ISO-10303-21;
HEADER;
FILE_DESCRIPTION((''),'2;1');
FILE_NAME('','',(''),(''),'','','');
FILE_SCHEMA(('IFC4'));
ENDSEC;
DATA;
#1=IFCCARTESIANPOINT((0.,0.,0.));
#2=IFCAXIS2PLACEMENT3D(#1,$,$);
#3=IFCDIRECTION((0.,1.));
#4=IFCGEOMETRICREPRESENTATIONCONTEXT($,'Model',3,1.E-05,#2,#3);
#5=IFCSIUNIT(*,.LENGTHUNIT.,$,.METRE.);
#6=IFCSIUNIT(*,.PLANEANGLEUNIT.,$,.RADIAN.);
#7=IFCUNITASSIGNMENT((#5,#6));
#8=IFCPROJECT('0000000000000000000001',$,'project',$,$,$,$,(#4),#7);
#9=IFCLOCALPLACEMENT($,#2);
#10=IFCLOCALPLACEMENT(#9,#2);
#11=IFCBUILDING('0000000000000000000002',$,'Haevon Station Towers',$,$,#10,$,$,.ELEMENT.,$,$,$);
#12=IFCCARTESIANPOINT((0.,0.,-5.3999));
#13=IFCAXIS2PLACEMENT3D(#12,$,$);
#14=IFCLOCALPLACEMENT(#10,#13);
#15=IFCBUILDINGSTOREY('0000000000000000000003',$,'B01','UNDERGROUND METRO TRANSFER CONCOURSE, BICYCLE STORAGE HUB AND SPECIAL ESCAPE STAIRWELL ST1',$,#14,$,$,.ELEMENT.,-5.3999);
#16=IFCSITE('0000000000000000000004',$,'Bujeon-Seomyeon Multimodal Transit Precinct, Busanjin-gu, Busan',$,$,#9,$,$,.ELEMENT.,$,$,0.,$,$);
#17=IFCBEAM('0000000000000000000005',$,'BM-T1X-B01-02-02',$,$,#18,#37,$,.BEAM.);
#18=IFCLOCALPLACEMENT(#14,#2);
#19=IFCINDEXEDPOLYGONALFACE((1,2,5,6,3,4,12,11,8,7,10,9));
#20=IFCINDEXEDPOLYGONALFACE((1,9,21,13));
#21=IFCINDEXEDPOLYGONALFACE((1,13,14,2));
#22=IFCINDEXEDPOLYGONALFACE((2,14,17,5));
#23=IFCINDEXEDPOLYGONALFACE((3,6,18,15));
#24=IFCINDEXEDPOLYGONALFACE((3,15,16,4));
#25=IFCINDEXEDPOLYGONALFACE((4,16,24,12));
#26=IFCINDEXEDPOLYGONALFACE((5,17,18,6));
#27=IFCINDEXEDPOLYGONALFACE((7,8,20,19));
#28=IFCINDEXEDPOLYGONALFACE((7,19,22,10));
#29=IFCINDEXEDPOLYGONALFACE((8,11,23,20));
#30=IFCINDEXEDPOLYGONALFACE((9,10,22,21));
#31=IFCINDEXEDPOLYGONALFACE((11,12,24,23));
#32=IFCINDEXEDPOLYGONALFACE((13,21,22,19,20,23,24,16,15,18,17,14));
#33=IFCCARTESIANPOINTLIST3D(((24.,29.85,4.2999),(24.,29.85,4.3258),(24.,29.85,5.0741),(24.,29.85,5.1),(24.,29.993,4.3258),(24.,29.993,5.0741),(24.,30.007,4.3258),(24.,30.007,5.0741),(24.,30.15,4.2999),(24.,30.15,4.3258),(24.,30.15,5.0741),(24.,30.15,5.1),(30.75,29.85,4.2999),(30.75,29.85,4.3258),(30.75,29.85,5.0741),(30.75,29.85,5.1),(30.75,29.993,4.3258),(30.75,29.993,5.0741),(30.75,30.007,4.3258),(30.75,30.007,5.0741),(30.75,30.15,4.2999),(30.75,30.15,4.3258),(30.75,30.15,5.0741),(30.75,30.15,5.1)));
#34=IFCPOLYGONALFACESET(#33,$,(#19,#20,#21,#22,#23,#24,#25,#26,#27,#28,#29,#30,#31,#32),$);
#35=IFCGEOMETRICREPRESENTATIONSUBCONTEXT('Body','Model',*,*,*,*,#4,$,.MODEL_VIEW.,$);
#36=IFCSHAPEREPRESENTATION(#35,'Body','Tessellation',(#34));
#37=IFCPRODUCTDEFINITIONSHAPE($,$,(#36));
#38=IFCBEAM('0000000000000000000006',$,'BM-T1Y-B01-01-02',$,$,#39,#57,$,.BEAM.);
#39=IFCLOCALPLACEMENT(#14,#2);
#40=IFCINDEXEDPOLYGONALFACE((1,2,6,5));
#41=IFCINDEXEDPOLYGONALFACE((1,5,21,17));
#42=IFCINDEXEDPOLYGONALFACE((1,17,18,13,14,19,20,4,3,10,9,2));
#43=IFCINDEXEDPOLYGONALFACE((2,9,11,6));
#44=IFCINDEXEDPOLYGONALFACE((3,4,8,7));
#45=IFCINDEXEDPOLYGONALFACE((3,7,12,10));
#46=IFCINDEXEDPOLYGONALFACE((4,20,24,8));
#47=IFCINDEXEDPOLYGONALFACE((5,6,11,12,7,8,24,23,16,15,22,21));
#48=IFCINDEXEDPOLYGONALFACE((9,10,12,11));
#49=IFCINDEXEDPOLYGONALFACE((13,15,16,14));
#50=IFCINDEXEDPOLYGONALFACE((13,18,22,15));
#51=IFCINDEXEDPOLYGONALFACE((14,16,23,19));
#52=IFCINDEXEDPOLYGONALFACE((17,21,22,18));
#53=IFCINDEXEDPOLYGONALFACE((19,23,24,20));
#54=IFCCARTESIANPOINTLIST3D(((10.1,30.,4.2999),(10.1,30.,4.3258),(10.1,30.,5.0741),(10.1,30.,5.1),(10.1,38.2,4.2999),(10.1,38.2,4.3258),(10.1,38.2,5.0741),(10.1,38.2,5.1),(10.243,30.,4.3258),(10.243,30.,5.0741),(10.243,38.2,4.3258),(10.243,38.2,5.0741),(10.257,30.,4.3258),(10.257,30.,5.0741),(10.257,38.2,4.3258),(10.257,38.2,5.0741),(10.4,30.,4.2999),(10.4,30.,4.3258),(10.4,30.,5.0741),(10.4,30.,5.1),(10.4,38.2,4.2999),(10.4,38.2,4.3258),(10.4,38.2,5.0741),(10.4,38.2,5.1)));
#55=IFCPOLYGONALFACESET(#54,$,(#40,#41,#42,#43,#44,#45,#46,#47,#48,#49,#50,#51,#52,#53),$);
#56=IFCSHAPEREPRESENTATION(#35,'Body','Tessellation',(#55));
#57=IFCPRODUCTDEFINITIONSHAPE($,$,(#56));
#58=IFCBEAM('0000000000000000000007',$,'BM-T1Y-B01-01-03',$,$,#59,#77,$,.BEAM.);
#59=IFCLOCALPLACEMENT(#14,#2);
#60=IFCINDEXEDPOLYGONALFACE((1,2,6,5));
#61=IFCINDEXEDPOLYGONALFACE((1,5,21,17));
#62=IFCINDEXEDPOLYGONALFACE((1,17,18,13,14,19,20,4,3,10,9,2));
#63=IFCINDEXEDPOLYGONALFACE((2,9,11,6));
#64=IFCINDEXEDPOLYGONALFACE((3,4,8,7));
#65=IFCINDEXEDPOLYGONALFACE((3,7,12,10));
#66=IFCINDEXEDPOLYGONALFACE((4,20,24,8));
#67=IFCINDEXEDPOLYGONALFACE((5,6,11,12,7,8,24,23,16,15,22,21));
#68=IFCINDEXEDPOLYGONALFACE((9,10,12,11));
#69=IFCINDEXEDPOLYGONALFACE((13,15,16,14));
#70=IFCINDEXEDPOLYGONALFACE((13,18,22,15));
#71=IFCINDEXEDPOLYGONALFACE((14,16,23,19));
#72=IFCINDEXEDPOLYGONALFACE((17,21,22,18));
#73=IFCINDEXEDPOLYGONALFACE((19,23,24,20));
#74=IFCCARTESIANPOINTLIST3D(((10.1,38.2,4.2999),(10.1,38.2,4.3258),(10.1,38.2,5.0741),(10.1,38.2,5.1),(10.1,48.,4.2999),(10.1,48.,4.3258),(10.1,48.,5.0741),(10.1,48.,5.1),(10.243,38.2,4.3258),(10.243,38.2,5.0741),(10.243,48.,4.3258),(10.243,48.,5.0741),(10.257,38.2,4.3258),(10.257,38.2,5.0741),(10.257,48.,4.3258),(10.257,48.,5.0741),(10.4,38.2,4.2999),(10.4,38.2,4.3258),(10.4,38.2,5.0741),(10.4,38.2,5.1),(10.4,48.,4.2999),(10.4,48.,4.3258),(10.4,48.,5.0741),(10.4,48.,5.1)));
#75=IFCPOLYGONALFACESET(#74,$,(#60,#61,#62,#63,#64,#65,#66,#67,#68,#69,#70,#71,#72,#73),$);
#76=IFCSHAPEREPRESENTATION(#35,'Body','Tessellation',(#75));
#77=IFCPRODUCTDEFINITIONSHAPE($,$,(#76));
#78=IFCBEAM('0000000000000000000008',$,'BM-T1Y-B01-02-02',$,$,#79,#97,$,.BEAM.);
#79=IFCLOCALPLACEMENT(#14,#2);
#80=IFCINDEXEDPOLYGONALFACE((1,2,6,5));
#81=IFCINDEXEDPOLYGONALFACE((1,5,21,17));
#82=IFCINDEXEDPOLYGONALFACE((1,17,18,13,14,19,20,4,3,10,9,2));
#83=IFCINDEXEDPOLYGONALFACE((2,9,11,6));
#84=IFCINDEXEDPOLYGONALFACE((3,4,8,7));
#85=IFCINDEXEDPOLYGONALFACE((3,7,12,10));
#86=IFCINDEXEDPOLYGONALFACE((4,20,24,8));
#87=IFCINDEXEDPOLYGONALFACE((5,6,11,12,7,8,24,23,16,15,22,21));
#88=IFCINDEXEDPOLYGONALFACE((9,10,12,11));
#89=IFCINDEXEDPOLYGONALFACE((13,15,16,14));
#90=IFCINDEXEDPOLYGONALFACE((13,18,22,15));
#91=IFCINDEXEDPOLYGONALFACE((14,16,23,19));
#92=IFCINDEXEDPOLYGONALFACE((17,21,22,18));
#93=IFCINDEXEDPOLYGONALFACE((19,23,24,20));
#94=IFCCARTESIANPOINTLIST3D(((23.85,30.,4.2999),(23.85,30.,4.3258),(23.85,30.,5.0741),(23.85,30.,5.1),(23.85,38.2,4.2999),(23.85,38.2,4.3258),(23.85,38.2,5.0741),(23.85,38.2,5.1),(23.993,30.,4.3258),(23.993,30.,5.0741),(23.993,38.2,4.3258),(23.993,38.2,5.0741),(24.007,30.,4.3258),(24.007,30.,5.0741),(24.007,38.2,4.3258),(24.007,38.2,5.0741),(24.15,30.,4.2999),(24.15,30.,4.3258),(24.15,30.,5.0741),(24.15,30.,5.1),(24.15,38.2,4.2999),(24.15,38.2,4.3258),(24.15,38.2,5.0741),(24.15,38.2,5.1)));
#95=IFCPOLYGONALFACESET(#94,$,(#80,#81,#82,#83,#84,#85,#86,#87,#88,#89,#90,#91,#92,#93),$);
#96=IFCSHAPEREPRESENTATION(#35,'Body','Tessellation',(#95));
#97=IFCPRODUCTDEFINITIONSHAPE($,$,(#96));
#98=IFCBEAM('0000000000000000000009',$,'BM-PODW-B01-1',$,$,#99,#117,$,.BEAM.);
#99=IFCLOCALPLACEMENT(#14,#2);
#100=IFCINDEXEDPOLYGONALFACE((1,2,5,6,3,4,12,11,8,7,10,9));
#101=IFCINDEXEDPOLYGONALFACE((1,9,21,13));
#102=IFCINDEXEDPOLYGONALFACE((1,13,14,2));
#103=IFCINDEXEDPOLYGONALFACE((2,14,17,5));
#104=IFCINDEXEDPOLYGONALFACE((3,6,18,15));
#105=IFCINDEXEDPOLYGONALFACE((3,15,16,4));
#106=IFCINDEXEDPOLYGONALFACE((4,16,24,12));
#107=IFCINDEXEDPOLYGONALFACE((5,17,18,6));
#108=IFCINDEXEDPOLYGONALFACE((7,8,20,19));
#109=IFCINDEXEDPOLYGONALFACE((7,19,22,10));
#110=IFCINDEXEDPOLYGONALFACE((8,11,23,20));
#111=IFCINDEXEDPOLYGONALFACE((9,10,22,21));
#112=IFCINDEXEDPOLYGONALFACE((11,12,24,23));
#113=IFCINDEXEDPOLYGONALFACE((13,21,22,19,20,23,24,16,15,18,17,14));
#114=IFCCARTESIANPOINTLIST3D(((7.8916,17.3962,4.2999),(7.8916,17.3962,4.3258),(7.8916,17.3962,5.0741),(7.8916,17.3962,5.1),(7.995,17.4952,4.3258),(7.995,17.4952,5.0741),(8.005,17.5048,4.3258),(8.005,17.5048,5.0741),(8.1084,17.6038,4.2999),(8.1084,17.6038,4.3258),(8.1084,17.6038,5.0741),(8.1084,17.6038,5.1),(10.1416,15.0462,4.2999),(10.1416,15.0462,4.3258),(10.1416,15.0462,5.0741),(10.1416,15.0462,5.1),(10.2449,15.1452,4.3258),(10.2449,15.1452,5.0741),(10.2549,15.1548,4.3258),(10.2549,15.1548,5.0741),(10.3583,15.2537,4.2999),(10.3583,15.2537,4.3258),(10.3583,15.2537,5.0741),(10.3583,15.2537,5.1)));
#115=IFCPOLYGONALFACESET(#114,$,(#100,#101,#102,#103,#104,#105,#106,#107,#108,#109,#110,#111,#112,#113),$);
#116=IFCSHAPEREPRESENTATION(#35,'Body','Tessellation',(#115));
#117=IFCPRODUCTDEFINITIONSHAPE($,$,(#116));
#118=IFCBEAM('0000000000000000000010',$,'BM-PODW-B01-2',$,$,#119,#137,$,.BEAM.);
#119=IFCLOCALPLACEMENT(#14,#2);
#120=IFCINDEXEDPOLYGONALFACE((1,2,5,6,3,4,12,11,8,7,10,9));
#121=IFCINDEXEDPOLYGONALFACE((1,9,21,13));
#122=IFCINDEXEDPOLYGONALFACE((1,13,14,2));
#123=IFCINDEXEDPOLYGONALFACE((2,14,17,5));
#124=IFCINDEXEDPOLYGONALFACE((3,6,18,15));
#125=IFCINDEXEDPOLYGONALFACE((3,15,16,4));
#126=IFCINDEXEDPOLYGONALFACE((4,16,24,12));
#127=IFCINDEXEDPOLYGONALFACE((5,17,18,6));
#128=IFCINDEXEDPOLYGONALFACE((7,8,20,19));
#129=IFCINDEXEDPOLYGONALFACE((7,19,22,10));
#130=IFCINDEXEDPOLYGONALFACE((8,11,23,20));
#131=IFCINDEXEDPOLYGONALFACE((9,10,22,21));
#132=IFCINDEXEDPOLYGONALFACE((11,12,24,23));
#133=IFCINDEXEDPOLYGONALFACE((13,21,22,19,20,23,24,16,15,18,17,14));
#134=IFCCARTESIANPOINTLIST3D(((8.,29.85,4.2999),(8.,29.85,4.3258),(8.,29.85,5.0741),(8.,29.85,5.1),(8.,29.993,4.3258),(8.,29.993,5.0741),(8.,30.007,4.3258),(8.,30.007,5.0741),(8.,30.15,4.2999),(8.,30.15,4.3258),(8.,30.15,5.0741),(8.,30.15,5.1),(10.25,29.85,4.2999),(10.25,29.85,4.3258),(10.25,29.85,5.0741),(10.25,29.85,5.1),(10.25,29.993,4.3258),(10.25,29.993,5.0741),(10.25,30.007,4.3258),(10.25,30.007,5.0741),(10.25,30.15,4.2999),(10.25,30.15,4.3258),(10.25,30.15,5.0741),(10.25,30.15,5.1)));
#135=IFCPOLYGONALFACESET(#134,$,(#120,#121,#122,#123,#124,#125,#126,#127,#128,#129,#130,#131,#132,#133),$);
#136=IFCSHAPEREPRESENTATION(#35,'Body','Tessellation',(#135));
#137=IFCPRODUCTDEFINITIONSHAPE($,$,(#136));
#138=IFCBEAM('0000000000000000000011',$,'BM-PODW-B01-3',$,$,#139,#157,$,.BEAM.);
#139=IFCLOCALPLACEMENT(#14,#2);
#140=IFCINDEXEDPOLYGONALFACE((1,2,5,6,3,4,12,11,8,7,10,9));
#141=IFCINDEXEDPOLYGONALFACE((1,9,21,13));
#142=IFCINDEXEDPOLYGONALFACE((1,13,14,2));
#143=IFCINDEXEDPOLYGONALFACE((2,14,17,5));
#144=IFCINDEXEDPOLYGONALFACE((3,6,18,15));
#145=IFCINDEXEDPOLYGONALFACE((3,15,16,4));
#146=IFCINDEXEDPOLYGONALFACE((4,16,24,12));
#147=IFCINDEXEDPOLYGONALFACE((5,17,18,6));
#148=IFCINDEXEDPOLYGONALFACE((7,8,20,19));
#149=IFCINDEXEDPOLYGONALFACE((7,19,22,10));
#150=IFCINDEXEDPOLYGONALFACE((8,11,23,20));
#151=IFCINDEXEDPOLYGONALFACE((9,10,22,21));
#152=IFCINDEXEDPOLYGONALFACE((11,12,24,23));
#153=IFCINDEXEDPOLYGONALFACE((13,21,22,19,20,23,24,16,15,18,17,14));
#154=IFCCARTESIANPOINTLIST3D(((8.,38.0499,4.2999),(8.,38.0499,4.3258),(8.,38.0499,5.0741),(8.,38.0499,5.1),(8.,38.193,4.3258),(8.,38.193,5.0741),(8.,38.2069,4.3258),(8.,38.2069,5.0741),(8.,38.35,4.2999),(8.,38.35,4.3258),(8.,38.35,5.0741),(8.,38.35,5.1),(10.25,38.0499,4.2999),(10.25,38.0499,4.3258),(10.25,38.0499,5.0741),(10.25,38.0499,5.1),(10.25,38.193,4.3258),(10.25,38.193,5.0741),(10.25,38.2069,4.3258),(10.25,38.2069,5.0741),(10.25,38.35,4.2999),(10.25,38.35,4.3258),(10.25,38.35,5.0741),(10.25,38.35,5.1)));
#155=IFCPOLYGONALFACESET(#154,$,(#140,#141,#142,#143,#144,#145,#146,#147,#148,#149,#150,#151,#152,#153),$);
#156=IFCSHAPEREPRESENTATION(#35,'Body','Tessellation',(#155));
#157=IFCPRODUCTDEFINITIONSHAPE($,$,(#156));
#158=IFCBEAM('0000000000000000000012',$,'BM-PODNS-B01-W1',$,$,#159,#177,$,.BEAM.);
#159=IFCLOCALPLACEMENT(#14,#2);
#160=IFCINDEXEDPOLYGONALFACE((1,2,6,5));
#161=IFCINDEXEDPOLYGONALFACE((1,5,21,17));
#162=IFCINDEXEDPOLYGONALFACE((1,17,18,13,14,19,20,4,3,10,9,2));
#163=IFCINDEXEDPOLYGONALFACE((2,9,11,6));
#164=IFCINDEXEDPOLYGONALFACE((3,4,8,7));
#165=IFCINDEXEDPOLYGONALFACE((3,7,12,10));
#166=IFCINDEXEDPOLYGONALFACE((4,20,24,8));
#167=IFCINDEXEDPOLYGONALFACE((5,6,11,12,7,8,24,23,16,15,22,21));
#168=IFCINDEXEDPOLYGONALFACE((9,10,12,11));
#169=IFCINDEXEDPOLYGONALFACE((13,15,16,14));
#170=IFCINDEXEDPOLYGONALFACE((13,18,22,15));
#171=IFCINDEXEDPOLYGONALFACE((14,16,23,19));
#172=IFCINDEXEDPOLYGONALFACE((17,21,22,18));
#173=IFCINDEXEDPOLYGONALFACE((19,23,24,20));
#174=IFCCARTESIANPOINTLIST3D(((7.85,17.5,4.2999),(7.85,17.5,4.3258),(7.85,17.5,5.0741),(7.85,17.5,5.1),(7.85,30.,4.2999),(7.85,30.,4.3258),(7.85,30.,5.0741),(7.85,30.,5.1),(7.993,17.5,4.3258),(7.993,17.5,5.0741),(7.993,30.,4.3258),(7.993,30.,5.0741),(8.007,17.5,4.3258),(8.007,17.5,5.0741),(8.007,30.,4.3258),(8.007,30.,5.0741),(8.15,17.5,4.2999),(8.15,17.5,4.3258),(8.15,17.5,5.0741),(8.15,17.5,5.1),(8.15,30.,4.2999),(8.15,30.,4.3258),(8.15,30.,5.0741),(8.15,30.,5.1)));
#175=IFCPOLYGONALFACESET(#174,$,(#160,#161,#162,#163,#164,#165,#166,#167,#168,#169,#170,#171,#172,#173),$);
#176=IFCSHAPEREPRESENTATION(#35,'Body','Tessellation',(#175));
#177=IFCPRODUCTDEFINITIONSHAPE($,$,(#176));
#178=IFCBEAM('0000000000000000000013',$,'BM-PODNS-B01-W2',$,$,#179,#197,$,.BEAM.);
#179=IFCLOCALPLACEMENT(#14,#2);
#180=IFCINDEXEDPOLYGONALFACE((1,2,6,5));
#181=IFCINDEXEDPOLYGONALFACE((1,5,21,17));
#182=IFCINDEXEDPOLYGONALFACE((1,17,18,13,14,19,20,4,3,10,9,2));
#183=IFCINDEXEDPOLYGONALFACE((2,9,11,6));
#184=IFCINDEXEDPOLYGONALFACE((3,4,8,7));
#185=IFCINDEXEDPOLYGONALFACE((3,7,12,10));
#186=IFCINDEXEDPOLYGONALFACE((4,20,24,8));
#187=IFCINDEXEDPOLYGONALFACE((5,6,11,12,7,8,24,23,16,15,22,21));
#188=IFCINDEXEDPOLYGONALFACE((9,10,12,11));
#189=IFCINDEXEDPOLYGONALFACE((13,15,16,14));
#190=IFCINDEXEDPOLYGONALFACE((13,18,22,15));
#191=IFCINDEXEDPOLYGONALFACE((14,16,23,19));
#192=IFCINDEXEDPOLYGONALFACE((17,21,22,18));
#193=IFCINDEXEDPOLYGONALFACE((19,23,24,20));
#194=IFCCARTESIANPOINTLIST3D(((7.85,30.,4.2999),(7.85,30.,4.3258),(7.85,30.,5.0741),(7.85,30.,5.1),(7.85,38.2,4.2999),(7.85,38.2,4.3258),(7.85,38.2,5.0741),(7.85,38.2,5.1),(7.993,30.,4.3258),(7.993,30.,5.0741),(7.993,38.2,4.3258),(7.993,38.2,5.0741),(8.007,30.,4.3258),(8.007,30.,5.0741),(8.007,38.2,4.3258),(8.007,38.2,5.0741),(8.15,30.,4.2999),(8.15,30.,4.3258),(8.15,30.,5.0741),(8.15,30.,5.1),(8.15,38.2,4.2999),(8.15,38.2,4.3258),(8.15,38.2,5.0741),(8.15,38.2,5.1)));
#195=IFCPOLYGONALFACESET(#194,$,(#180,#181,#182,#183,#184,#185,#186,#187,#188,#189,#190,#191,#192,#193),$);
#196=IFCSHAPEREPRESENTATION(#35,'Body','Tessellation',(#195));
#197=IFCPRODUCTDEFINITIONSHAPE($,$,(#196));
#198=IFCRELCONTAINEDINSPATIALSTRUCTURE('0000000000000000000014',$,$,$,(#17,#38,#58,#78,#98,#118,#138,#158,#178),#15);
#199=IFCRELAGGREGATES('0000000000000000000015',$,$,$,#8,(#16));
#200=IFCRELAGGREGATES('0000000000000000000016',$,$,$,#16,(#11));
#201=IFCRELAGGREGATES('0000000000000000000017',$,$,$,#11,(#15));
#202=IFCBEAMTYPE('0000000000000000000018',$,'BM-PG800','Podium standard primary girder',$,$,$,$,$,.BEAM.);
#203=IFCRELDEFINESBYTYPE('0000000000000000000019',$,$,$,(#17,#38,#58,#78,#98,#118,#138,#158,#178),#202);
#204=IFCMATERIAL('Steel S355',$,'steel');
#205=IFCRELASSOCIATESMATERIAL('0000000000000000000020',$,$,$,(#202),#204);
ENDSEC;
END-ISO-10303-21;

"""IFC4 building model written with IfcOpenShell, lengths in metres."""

from ifc_helpers import new_model, si_unit, direction, frame, origin, origin_2d, place, context, subcontext, project, spatial, i_section, extrude, material, material_profile, profile_set, type_object, element, save


model = new_model("IFC4")

# Units and contexts
model_context = context("Model", 3, precision=1e-05, world=origin(), true_north=direction((0.0, 1.0)))
body_context = subcontext(model_context, "Body", "Model", "MODEL_VIEW")
ifc_project = project(units=[si_unit("LENGTHUNIT", "METRE"), si_unit("PLANEANGLEUNIT", "RADIAN")], contexts=[model_context])

# Site, building, storey
site_placement = place(None, origin())
site = spatial("IfcSite", under=ifc_project, at=site_placement, Name="Bujeon-Seomyeon Multimodal Transit Precinct, Busanjin-gu, Busan", CompositionType="ELEMENT", RefElevation=0.0)
building_placement = place(site_placement, origin())
building = spatial("IfcBuilding", under=site, at=building_placement, Name="Haevon Station Towers", CompositionType="ELEMENT")
storey_placement = place(building_placement, frame((0.0, 0.0, -5.3999)))
storey = spatial("IfcBuildingStorey", under=building, at=storey_placement, Name="B01", Description="UNDERGROUND METRO TRANSFER CONCOURSE, BICYCLE STORAGE HUB AND SPECIAL ESCAPE STAIRWELL ST1", CompositionType="ELEMENT", Elevation=-5.3999)

# Beams
ifc_material_1 = material(Name="Steel S355", Category="steel")
ifc_material_profile_1 = material_profile(ifc_material_1, i_section(OverallWidth=0.3, OverallDepth=0.8, WebThickness=0.0139, FlangeThickness=0.0259, at=origin_2d()), Name="H-800x300x14x26")
ifc_profile_set_1 = profile_set([ifc_material_profile_1], Name="Steel S355")
beam_type_1 = type_object("IfcBeamType", Name="BM-PG800", Description="Podium standard primary girder", PredefinedType="BEAM", material=ifc_profile_set_1)
beam_1_placement = place(storey_placement, frame((24.0, 30.0, 4.7), z_axis=(1.0, 0.0, 0.0), x_axis=(0.0, 1.0, 0.0)))
element("IfcBeam", 1, at=beam_1_placement, inside=storey, type_object=beam_type_1, Name="BM-T1X-B01-02-02", PredefinedType="BEAM", context=body_context, shape_type="SweptSolid", body=[
    extrude(i_section(OverallWidth=0.3, OverallDepth=0.8, WebThickness=0.0139, FlangeThickness=0.0259, at=origin_2d()), origin(), (0.0, 0.0, 1.0), 6.75),
])
beam_2_placement = place(storey_placement, frame((10.25, 30.0, 4.7), z_axis=(0.0, 1.0, 0.0), x_axis=(-1.0, 0.0, 0.0)))
element("IfcBeam", 2, at=beam_2_placement, inside=storey, type_object=beam_type_1, Name="BM-T1Y-B01-01-02", PredefinedType="BEAM", context=body_context, shape_type="SweptSolid", body=[
    extrude(i_section(OverallWidth=0.3, OverallDepth=0.8, WebThickness=0.0139, FlangeThickness=0.0259, at=origin_2d()), origin(), (0.0, 0.0, 1.0), 8.2),
])
beam_3_placement = place(storey_placement, frame((10.25, 38.2, 4.7), z_axis=(0.0, 1.0, 0.0), x_axis=(-1.0, 0.0, 0.0)))
element("IfcBeam", 3, at=beam_3_placement, inside=storey, type_object=beam_type_1, Name="BM-T1Y-B01-01-03", PredefinedType="BEAM", context=body_context, shape_type="SweptSolid", body=[
    extrude(i_section(OverallWidth=0.3, OverallDepth=0.8, WebThickness=0.0139, FlangeThickness=0.0259, at=origin_2d()), origin(), (0.0, 0.0, 1.0), 9.8),
])
beam_4_placement = place(storey_placement, frame((24.0, 30.0, 4.7), z_axis=(0.0, 1.0, 0.0), x_axis=(-1.0, 0.0, 0.0)))
element("IfcBeam", 4, at=beam_4_placement, inside=storey, type_object=beam_type_1, Name="BM-T1Y-B01-02-02", PredefinedType="BEAM", context=body_context, shape_type="SweptSolid", body=[
    extrude(i_section(OverallWidth=0.3, OverallDepth=0.8, WebThickness=0.0139, FlangeThickness=0.0259, at=origin_2d()), origin(), (0.0, 0.0, 1.0), 8.2),
])
beam_5_placement = place(storey_placement, frame((8.0, 17.5, 4.7), z_axis=(0.691557, -0.722322, 0.0), x_axis=(0.722322, 0.691557, 0.0)))
element("IfcBeam", 5, at=beam_5_placement, inside=storey, type_object=beam_type_1, Name="BM-PODW-B01-1", PredefinedType="BEAM", context=body_context, shape_type="SweptSolid", body=[
    extrude(i_section(OverallWidth=0.3, OverallDepth=0.8, WebThickness=0.0139, FlangeThickness=0.0259, at=origin_2d()), origin(), (0.0, 0.0, 1.0), 3.2534),
])
for number, where, z_axis, x_axis, name in (
    (6, (8.0, 30.0, 4.7), (1.0, 0.0, 0.0), (0.0, 1.0, 0.0), "BM-PODW-B01-2"),
    (7, (8.0, 38.2, 4.7), (1.0, 0.0, 0.0), (0.0, 1.0, 0.0), "BM-PODW-B01-3"),
):
    element("IfcBeam", number, at=place(storey_placement, frame(where, z_axis=z_axis, x_axis=x_axis)), inside=storey, type_object=beam_type_1, Name=name, PredefinedType="BEAM", context=body_context, shape_type="SweptSolid", body=[
        extrude(i_section(OverallWidth=0.3, OverallDepth=0.8, WebThickness=0.0139, FlangeThickness=0.0259, at=origin_2d()), origin(), (0.0, 0.0, 1.0), 2.25),
    ])
beam_6_placement = place(storey_placement, frame((8.0, 17.5, 4.7), z_axis=(0.0, 1.0, 0.0), x_axis=(-1.0, 0.0, 0.0)))
element("IfcBeam", 8, at=beam_6_placement, inside=storey, type_object=beam_type_1, Name="BM-PODNS-B01-W1", PredefinedType="BEAM", context=body_context, shape_type="SweptSolid", body=[
    extrude(i_section(OverallWidth=0.3, OverallDepth=0.8, WebThickness=0.0139, FlangeThickness=0.0259, at=origin_2d()), origin(), (0.0, 0.0, 1.0), 12.5),
])
beam_7_placement = place(storey_placement, frame((8.0, 30.0, 4.7), z_axis=(0.0, 1.0, 0.0), x_axis=(-1.0, 0.0, 0.0)))
element("IfcBeam", 9, at=beam_7_placement, inside=storey, type_object=beam_type_1, Name="BM-PODNS-B01-W2", PredefinedType="BEAM", context=body_context, shape_type="SweptSolid", body=[
    extrude(i_section(OverallWidth=0.3, OverallDepth=0.8, WebThickness=0.0139, FlangeThickness=0.0259, at=origin_2d()), origin(), (0.0, 0.0, 1.0), 8.2),
])

save(model, "model.ifc")
